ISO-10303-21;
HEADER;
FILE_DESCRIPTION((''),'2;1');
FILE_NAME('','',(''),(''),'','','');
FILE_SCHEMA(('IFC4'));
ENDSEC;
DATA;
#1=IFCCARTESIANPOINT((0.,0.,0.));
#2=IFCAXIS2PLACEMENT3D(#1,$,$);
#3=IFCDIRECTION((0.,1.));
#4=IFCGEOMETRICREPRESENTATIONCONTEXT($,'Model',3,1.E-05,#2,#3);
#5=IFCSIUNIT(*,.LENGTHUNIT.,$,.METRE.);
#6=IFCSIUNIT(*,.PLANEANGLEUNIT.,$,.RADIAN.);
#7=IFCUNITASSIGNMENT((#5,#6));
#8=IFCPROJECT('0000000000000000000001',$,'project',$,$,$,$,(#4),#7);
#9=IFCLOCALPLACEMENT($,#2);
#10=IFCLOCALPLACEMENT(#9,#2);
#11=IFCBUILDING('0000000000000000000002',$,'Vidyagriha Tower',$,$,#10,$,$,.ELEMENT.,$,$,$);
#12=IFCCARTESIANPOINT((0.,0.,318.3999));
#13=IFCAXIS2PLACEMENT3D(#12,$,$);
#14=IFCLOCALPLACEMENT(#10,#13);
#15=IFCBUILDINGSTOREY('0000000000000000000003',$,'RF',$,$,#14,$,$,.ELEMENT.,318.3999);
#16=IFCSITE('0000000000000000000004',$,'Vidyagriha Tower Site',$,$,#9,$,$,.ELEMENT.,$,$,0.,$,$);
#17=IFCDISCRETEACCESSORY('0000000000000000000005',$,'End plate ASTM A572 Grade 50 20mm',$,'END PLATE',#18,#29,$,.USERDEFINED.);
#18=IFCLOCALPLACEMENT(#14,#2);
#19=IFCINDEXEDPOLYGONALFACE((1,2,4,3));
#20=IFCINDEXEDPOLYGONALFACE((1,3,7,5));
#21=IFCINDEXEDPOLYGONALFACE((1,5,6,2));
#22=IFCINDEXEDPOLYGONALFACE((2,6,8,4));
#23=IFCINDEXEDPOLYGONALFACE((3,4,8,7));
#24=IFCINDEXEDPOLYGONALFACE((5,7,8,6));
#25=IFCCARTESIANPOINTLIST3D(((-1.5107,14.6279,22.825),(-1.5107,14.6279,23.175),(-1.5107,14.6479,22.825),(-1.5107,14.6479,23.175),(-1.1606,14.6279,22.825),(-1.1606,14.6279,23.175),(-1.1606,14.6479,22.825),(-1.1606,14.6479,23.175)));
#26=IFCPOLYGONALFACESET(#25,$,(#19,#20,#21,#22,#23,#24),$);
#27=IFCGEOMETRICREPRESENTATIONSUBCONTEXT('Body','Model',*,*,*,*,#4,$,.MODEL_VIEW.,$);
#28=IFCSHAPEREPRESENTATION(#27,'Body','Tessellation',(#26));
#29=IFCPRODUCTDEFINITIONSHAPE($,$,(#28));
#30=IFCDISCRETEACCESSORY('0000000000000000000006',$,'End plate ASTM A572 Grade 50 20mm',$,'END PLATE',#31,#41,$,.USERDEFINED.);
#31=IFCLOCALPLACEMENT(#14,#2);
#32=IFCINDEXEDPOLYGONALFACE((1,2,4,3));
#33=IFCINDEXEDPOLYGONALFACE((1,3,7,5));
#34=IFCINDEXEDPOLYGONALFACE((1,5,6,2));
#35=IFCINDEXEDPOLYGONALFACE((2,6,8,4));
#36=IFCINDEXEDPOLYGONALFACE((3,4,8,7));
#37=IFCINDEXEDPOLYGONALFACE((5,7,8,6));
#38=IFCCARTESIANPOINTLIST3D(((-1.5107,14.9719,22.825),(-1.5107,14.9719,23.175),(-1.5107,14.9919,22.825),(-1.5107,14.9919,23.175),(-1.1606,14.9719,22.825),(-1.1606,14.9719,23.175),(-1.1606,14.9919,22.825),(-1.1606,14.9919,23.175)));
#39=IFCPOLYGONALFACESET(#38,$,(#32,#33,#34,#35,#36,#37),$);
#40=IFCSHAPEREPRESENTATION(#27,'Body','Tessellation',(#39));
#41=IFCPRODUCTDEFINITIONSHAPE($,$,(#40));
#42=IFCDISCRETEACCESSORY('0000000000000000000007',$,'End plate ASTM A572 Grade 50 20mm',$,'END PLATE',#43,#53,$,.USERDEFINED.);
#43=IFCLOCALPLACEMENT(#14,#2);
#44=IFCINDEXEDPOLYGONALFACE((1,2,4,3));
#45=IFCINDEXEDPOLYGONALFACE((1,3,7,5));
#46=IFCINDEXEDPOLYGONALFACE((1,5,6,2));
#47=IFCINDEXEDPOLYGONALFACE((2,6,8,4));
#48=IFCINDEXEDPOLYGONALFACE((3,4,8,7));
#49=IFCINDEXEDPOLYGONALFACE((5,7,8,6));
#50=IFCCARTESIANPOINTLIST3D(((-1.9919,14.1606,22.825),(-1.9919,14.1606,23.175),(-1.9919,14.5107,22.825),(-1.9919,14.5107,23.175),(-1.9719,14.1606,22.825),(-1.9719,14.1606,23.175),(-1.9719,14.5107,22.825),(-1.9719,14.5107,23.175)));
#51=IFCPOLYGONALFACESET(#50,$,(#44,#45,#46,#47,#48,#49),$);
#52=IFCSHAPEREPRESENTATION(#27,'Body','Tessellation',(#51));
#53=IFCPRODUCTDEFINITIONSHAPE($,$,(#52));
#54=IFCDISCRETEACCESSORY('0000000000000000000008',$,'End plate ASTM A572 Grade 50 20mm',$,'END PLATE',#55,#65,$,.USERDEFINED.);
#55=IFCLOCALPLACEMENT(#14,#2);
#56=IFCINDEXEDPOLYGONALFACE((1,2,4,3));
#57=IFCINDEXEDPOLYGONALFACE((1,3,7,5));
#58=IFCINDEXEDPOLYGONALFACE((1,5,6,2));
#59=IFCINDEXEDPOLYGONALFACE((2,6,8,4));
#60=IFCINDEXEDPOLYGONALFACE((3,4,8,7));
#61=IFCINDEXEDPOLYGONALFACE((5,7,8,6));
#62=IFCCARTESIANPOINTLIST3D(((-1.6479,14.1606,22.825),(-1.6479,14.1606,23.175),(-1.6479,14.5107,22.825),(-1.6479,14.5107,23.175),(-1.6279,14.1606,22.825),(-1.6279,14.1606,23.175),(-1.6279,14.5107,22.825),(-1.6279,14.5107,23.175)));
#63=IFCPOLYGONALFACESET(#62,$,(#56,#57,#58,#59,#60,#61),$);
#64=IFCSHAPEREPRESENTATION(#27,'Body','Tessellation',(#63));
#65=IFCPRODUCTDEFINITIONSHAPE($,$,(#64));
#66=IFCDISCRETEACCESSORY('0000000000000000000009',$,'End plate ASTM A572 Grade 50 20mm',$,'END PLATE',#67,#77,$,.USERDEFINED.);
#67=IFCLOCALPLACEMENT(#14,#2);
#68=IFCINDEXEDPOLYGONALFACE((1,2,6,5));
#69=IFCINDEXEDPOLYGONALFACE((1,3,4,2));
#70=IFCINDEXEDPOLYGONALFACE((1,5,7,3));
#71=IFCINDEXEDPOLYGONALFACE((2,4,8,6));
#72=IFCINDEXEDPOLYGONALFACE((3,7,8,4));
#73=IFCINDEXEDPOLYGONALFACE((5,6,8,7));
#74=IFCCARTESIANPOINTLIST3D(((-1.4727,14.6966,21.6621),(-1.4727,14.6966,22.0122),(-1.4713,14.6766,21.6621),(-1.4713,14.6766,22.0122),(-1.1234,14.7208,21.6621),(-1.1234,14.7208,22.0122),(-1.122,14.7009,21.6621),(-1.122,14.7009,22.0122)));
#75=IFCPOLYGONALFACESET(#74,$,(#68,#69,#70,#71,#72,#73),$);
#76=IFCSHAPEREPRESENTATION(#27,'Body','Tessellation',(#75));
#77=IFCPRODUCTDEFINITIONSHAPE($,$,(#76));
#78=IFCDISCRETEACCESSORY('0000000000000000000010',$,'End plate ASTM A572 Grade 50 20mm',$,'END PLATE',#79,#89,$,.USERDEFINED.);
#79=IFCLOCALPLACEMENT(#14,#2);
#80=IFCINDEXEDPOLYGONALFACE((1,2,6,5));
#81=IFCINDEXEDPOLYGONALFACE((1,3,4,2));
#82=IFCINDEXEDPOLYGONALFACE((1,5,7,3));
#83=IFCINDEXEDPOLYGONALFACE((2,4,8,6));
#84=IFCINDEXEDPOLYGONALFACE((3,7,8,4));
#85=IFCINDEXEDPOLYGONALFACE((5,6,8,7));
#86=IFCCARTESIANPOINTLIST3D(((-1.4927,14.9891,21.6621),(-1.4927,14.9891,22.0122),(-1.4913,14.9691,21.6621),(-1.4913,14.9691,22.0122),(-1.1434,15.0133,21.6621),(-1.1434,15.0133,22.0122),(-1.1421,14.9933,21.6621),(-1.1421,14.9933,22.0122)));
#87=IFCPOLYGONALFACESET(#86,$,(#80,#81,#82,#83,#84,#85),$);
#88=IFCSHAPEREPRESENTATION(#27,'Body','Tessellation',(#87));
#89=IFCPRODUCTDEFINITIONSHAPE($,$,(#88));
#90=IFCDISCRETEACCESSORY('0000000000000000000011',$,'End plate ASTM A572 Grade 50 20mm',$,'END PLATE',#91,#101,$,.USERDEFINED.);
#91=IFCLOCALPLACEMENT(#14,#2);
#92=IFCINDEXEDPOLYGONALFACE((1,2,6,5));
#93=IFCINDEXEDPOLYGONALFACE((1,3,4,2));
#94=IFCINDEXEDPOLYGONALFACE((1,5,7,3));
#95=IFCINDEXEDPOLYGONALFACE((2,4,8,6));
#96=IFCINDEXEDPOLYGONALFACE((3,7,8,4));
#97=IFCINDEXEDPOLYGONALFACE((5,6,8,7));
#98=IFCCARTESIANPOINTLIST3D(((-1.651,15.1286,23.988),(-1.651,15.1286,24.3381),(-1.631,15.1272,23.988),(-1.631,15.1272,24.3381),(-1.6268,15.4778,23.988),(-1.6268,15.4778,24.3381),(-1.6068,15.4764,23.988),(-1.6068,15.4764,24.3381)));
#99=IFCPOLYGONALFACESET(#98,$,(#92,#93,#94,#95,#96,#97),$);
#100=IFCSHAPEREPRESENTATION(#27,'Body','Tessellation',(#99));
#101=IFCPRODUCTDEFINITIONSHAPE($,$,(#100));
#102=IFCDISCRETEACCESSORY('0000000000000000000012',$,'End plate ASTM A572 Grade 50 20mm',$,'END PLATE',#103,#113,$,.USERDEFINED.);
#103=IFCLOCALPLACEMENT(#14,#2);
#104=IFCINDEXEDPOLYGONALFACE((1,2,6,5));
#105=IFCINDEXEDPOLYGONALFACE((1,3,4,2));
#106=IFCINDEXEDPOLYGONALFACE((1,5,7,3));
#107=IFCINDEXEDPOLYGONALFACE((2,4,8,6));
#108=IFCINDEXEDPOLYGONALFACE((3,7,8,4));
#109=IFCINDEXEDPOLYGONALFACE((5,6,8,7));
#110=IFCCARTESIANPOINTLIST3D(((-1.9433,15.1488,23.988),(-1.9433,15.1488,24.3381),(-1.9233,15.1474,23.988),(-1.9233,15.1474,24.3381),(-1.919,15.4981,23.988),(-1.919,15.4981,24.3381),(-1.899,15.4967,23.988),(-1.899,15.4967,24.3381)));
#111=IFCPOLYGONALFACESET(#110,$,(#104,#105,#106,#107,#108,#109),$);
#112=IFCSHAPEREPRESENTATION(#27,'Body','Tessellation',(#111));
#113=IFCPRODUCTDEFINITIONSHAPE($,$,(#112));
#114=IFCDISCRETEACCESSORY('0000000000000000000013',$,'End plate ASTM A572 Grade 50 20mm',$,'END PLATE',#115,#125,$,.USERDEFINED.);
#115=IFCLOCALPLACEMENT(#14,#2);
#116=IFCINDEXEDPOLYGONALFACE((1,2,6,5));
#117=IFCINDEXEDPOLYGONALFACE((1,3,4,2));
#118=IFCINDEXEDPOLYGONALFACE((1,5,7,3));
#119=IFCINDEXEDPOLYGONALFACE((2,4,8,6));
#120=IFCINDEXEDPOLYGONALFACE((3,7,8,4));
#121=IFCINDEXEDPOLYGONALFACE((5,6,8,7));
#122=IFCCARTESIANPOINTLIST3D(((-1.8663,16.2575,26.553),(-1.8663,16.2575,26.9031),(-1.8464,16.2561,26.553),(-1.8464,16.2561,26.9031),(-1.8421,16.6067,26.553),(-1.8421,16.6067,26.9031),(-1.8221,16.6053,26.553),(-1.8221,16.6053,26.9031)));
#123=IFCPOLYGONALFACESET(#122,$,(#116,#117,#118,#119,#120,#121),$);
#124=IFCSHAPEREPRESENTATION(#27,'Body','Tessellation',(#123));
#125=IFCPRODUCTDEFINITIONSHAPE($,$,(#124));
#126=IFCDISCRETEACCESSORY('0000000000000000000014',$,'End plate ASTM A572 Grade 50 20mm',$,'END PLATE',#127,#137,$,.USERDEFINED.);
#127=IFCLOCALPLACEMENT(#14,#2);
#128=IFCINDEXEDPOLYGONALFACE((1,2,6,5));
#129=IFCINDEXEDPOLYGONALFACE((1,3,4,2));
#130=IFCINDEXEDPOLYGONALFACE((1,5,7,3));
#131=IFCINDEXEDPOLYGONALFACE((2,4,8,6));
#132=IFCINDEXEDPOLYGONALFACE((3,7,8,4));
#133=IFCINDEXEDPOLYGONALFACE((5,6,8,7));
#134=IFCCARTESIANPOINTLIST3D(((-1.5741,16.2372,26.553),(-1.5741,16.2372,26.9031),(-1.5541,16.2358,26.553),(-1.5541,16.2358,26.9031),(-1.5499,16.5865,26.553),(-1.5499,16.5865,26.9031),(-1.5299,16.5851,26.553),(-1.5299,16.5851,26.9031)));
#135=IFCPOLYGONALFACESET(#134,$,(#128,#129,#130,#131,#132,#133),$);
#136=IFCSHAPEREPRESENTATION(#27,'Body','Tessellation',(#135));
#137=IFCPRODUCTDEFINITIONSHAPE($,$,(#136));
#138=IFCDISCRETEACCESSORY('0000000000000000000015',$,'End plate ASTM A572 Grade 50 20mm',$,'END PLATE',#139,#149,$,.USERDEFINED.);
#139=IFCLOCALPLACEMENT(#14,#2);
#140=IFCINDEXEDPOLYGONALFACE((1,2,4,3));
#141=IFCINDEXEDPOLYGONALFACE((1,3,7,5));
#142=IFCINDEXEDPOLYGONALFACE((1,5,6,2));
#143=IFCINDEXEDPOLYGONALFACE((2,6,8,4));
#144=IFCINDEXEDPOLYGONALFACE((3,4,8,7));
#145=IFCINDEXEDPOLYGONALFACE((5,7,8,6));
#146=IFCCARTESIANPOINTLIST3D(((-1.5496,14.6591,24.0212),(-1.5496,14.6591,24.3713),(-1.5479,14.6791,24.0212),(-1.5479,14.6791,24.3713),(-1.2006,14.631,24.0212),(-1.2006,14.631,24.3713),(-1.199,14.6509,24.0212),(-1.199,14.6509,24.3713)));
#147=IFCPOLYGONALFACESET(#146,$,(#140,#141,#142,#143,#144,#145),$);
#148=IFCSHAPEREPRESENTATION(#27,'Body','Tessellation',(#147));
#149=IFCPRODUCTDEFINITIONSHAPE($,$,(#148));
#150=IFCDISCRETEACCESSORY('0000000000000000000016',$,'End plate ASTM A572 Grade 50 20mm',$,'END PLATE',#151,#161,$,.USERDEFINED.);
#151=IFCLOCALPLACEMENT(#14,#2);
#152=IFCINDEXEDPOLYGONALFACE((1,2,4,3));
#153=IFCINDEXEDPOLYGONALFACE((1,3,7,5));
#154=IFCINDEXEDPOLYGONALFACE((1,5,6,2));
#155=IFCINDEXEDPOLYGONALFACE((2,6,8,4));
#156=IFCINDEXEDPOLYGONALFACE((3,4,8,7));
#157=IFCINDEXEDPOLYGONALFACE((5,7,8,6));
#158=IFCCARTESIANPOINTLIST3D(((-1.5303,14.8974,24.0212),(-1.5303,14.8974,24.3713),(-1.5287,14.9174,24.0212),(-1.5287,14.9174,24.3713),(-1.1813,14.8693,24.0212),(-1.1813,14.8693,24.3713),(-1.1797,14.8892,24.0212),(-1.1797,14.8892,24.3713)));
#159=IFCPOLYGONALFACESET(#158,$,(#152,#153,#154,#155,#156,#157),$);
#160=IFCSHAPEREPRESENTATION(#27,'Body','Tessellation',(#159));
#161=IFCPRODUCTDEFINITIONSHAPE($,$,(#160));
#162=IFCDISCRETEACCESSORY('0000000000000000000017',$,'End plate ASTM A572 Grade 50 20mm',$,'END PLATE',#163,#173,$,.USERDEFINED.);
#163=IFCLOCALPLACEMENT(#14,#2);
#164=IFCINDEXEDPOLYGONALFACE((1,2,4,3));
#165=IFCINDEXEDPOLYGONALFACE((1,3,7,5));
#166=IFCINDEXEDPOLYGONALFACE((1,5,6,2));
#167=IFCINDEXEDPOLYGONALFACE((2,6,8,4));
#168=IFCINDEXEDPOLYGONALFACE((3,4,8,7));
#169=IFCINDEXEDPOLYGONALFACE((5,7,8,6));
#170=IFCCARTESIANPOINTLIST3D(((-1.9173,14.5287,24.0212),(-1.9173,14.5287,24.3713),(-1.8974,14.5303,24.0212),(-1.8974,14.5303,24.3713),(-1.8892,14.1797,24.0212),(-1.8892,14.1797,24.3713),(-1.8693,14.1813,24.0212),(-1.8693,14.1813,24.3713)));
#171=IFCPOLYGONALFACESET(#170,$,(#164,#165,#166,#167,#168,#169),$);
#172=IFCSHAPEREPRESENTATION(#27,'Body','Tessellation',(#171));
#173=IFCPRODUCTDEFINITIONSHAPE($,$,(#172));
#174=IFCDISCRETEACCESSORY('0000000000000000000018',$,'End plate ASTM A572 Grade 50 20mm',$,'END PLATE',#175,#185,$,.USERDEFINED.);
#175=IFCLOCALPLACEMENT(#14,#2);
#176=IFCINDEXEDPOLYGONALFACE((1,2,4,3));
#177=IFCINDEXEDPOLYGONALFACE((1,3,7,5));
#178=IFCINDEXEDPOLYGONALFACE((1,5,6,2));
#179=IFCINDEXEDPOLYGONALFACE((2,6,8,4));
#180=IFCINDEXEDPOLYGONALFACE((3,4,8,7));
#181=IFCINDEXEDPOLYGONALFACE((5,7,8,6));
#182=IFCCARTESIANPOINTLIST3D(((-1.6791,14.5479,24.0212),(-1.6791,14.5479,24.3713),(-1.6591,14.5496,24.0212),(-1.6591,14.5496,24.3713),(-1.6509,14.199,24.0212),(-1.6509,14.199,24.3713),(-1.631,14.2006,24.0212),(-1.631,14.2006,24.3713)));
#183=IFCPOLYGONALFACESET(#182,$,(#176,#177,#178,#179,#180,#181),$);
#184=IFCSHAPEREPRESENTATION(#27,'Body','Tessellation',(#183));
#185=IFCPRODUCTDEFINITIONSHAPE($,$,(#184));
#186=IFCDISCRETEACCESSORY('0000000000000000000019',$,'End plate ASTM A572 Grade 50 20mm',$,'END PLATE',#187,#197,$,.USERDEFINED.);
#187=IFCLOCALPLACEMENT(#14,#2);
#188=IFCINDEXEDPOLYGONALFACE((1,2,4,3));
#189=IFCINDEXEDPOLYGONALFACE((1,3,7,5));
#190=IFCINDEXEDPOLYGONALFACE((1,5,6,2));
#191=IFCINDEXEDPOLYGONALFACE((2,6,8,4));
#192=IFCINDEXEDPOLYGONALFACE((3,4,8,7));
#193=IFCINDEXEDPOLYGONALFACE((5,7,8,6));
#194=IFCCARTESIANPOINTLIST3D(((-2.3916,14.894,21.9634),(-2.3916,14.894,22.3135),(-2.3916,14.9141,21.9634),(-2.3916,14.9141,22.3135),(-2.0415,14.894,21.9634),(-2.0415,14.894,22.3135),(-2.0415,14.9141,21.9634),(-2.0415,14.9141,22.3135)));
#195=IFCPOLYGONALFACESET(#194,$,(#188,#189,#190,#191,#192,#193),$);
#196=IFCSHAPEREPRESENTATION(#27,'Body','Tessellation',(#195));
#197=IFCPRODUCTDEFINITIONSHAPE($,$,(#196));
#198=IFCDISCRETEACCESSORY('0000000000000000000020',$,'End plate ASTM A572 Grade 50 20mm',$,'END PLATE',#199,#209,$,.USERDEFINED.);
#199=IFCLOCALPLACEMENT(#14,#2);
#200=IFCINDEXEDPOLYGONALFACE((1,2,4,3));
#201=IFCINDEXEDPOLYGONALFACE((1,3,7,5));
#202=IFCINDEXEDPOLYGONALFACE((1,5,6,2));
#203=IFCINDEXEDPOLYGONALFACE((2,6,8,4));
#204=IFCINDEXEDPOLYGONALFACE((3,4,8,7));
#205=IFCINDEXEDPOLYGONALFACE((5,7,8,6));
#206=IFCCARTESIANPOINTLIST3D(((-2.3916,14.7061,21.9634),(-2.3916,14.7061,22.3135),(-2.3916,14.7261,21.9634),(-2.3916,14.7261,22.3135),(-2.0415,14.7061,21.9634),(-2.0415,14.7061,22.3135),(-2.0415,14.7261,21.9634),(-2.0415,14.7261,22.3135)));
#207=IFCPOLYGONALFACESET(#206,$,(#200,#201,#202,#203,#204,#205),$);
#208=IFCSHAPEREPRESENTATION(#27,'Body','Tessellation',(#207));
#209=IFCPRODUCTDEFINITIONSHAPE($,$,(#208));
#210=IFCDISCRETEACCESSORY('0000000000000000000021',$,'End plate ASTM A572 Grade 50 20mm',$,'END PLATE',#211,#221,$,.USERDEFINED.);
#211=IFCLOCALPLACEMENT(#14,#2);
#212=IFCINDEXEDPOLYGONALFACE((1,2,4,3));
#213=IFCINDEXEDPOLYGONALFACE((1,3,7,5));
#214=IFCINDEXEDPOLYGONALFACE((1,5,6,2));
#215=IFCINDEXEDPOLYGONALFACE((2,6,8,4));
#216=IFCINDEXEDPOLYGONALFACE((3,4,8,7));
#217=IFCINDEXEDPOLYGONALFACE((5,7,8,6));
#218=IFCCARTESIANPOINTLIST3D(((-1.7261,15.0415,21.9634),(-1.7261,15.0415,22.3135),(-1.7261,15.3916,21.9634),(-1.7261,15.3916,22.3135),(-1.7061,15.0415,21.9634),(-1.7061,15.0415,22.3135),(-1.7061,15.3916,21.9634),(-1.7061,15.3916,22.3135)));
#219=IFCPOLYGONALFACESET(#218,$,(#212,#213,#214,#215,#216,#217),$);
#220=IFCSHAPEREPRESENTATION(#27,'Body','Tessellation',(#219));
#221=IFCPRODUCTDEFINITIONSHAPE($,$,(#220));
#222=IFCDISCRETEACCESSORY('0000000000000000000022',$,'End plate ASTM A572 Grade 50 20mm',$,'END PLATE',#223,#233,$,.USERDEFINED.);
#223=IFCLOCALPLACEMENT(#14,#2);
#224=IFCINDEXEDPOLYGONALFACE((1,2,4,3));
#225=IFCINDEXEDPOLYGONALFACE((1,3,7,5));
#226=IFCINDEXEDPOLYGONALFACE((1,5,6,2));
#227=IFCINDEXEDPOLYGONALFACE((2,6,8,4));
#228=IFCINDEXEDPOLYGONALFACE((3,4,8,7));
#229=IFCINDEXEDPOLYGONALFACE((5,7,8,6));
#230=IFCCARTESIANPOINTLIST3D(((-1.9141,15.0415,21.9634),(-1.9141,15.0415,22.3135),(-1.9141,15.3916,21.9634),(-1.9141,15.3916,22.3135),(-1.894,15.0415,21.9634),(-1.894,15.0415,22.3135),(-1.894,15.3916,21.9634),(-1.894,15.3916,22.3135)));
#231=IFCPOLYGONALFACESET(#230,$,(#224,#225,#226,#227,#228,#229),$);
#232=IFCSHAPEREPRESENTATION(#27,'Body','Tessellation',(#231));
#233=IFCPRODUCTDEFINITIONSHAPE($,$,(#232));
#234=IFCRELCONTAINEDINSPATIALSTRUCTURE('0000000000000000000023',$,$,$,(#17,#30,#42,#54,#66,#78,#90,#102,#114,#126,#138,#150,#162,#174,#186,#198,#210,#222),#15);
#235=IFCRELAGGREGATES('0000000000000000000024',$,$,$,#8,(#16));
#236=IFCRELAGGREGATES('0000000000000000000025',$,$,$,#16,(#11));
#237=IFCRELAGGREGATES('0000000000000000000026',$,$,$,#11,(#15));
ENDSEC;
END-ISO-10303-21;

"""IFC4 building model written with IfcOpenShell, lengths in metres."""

from ifc_helpers import new_model, si_unit, direction, frame, origin, origin_2d, place, context, subcontext, project, spatial, rectangle, extrude, element, save


model = new_model("IFC4")

# Units and contexts
model_context = context("Model", 3, precision=1e-05, world=origin(), true_north=direction((0.0, 1.0)))
body_context = subcontext(model_context, "Body", "Model", "MODEL_VIEW")
ifc_project = project(units=[si_unit("LENGTHUNIT", "METRE"), si_unit("PLANEANGLEUNIT", "RADIAN")], contexts=[model_context])

# Site, building, storey
site_placement = place(None, origin())
site = spatial("IfcSite", under=ifc_project, at=site_placement, Name="Vidyagriha Tower Site", CompositionType="ELEMENT", RefElevation=0.0)
building_placement = place(site_placement, origin())
building = spatial("IfcBuilding", under=site, at=building_placement, Name="Vidyagriha Tower", CompositionType="ELEMENT")
storey_placement = place(building_placement, frame((0.0, 0.0, 318.3999)))
storey = spatial("IfcBuildingStorey", under=building, at=storey_placement, Name="RF", CompositionType="ELEMENT", Elevation=318.3999)

# Discrete accessories
for number, where, z_axis, x_axis, name in (
    (1, (-1.3357, 14.6379, 22.825), (0.0, 0.0, 1.0), (-1.0, 0.0, 0.0), "End plate ASTM A572 Grade 50 20mm"),
    (2, (-1.3357, 14.9819, 22.825), (0.0, 0.0, 1.0), (-1.0, 0.0, 0.0), "End plate ASTM A572 Grade 50 20mm"),
    (3, (-1.9819, 14.3357, 22.825), (0.0, 0.0, 1.0), (0.0, 1.0, 0.0), "End plate ASTM A572 Grade 50 20mm"),
    (4, (-1.6379, 14.3357, 22.825), (0.0, 0.0, 1.0), (0.0, 1.0, 0.0), "End plate ASTM A572 Grade 50 20mm"),
    (5, (-1.2974, 14.6987, 21.6621), (0.0, 0.0, 1.0), (-0.997601, -0.06922, 0.0), "End plate ASTM A572 Grade 50 20mm"),
    (6, (-1.3174, 14.9912, 21.6621), (0.0, 0.0, 1.0), (-0.997601, -0.06922, 0.0), "End plate ASTM A572 Grade 50 20mm"),
    (7, (-1.6289, 15.3025, 23.988), (0.0, 0.0, 1.0), (-0.069252, -0.997599, 0.0), "End plate ASTM A572 Grade 50 20mm"),
    (8, (-1.9211, 15.3228, 23.988), (0.0, 0.0, 1.0), (-0.069252, -0.997599, 0.0), "End plate ASTM A572 Grade 50 20mm"),
    (9, (-1.8442, 16.4314, 26.553), (0.0, 0.0, 1.0), (0.069252, 0.997599, 0.0), "End plate ASTM A572 Grade 50 20mm"),
    (10, (-1.552, 16.4111, 26.553), (0.0, 0.0, 1.0), (0.069252, 0.997599, 0.0), "End plate ASTM A572 Grade 50 20mm"),
    (11, (-1.3743, 14.655, 24.0212), (0.0, 0.0, 1.0), (-0.996768, 0.08034, 0.0), "End plate ASTM A572 Grade 50 20mm"),
    (12, (-1.355, 14.8933, 24.0212), (0.0, 0.0, 1.0), (-0.996768, 0.08034, 0.0), "End plate ASTM A572 Grade 50 20mm"),
    (13, (-1.8933, 14.355, 24.0212), (0.0, 0.0, 1.0), (-0.080315, 0.996769, 0.0), "End plate ASTM A572 Grade 50 20mm"),
    (14, (-1.655, 14.3743, 24.0212), (0.0, 0.0, 1.0), (-0.080315, 0.996769, 0.0), "End plate ASTM A572 Grade 50 20mm"),
):
    element("IfcDiscreteAccessory", number, at=place(storey_placement, frame(where, z_axis=z_axis, x_axis=x_axis)), inside=storey, Name=name, ObjectType="END PLATE", PredefinedType="USERDEFINED", context=body_context, shape_type="SweptSolid", body=[
        extrude(rectangle(XDim=0.3501, YDim=0.02, at=origin_2d()), origin(), (0.0, 0.0, 1.0), 0.3501),
    ])
for number, where, name in (
    (15, (-2.2166, 14.9041, 21.9634), "End plate ASTM A572 Grade 50 20mm"),
    (16, (-2.2166, 14.7161, 21.9634), "End plate ASTM A572 Grade 50 20mm"),
):
    element("IfcDiscreteAccessory", number, at=place(storey_placement, frame(where)), inside=storey, Name=name, ObjectType="END PLATE", PredefinedType="USERDEFINED", context=body_context, shape_type="SweptSolid", body=[
        extrude(rectangle(XDim=0.3501, YDim=0.02, at=origin_2d()), origin(), (0.0, 0.0, 1.0), 0.3501),
    ])
for number, where, z_axis, x_axis, name in (
    (17, (-1.7161, 15.2166, 21.9634), (0.0, 0.0, 1.0), (0.0, -1.0, 0.0), "End plate ASTM A572 Grade 50 20mm"),
    (18, (-1.9041, 15.2166, 21.9634), (0.0, 0.0, 1.0), (0.0, -1.0, 0.0), "End plate ASTM A572 Grade 50 20mm"),
):
    element("IfcDiscreteAccessory", number, at=place(storey_placement, frame(where, z_axis=z_axis, x_axis=x_axis)), inside=storey, Name=name, ObjectType="END PLATE", PredefinedType="USERDEFINED", context=body_context, shape_type="SweptSolid", body=[
        extrude(rectangle(XDim=0.3501, YDim=0.02, at=origin_2d()), origin(), (0.0, 0.0, 1.0), 0.3501),
    ])

save(model, "model.ifc")
